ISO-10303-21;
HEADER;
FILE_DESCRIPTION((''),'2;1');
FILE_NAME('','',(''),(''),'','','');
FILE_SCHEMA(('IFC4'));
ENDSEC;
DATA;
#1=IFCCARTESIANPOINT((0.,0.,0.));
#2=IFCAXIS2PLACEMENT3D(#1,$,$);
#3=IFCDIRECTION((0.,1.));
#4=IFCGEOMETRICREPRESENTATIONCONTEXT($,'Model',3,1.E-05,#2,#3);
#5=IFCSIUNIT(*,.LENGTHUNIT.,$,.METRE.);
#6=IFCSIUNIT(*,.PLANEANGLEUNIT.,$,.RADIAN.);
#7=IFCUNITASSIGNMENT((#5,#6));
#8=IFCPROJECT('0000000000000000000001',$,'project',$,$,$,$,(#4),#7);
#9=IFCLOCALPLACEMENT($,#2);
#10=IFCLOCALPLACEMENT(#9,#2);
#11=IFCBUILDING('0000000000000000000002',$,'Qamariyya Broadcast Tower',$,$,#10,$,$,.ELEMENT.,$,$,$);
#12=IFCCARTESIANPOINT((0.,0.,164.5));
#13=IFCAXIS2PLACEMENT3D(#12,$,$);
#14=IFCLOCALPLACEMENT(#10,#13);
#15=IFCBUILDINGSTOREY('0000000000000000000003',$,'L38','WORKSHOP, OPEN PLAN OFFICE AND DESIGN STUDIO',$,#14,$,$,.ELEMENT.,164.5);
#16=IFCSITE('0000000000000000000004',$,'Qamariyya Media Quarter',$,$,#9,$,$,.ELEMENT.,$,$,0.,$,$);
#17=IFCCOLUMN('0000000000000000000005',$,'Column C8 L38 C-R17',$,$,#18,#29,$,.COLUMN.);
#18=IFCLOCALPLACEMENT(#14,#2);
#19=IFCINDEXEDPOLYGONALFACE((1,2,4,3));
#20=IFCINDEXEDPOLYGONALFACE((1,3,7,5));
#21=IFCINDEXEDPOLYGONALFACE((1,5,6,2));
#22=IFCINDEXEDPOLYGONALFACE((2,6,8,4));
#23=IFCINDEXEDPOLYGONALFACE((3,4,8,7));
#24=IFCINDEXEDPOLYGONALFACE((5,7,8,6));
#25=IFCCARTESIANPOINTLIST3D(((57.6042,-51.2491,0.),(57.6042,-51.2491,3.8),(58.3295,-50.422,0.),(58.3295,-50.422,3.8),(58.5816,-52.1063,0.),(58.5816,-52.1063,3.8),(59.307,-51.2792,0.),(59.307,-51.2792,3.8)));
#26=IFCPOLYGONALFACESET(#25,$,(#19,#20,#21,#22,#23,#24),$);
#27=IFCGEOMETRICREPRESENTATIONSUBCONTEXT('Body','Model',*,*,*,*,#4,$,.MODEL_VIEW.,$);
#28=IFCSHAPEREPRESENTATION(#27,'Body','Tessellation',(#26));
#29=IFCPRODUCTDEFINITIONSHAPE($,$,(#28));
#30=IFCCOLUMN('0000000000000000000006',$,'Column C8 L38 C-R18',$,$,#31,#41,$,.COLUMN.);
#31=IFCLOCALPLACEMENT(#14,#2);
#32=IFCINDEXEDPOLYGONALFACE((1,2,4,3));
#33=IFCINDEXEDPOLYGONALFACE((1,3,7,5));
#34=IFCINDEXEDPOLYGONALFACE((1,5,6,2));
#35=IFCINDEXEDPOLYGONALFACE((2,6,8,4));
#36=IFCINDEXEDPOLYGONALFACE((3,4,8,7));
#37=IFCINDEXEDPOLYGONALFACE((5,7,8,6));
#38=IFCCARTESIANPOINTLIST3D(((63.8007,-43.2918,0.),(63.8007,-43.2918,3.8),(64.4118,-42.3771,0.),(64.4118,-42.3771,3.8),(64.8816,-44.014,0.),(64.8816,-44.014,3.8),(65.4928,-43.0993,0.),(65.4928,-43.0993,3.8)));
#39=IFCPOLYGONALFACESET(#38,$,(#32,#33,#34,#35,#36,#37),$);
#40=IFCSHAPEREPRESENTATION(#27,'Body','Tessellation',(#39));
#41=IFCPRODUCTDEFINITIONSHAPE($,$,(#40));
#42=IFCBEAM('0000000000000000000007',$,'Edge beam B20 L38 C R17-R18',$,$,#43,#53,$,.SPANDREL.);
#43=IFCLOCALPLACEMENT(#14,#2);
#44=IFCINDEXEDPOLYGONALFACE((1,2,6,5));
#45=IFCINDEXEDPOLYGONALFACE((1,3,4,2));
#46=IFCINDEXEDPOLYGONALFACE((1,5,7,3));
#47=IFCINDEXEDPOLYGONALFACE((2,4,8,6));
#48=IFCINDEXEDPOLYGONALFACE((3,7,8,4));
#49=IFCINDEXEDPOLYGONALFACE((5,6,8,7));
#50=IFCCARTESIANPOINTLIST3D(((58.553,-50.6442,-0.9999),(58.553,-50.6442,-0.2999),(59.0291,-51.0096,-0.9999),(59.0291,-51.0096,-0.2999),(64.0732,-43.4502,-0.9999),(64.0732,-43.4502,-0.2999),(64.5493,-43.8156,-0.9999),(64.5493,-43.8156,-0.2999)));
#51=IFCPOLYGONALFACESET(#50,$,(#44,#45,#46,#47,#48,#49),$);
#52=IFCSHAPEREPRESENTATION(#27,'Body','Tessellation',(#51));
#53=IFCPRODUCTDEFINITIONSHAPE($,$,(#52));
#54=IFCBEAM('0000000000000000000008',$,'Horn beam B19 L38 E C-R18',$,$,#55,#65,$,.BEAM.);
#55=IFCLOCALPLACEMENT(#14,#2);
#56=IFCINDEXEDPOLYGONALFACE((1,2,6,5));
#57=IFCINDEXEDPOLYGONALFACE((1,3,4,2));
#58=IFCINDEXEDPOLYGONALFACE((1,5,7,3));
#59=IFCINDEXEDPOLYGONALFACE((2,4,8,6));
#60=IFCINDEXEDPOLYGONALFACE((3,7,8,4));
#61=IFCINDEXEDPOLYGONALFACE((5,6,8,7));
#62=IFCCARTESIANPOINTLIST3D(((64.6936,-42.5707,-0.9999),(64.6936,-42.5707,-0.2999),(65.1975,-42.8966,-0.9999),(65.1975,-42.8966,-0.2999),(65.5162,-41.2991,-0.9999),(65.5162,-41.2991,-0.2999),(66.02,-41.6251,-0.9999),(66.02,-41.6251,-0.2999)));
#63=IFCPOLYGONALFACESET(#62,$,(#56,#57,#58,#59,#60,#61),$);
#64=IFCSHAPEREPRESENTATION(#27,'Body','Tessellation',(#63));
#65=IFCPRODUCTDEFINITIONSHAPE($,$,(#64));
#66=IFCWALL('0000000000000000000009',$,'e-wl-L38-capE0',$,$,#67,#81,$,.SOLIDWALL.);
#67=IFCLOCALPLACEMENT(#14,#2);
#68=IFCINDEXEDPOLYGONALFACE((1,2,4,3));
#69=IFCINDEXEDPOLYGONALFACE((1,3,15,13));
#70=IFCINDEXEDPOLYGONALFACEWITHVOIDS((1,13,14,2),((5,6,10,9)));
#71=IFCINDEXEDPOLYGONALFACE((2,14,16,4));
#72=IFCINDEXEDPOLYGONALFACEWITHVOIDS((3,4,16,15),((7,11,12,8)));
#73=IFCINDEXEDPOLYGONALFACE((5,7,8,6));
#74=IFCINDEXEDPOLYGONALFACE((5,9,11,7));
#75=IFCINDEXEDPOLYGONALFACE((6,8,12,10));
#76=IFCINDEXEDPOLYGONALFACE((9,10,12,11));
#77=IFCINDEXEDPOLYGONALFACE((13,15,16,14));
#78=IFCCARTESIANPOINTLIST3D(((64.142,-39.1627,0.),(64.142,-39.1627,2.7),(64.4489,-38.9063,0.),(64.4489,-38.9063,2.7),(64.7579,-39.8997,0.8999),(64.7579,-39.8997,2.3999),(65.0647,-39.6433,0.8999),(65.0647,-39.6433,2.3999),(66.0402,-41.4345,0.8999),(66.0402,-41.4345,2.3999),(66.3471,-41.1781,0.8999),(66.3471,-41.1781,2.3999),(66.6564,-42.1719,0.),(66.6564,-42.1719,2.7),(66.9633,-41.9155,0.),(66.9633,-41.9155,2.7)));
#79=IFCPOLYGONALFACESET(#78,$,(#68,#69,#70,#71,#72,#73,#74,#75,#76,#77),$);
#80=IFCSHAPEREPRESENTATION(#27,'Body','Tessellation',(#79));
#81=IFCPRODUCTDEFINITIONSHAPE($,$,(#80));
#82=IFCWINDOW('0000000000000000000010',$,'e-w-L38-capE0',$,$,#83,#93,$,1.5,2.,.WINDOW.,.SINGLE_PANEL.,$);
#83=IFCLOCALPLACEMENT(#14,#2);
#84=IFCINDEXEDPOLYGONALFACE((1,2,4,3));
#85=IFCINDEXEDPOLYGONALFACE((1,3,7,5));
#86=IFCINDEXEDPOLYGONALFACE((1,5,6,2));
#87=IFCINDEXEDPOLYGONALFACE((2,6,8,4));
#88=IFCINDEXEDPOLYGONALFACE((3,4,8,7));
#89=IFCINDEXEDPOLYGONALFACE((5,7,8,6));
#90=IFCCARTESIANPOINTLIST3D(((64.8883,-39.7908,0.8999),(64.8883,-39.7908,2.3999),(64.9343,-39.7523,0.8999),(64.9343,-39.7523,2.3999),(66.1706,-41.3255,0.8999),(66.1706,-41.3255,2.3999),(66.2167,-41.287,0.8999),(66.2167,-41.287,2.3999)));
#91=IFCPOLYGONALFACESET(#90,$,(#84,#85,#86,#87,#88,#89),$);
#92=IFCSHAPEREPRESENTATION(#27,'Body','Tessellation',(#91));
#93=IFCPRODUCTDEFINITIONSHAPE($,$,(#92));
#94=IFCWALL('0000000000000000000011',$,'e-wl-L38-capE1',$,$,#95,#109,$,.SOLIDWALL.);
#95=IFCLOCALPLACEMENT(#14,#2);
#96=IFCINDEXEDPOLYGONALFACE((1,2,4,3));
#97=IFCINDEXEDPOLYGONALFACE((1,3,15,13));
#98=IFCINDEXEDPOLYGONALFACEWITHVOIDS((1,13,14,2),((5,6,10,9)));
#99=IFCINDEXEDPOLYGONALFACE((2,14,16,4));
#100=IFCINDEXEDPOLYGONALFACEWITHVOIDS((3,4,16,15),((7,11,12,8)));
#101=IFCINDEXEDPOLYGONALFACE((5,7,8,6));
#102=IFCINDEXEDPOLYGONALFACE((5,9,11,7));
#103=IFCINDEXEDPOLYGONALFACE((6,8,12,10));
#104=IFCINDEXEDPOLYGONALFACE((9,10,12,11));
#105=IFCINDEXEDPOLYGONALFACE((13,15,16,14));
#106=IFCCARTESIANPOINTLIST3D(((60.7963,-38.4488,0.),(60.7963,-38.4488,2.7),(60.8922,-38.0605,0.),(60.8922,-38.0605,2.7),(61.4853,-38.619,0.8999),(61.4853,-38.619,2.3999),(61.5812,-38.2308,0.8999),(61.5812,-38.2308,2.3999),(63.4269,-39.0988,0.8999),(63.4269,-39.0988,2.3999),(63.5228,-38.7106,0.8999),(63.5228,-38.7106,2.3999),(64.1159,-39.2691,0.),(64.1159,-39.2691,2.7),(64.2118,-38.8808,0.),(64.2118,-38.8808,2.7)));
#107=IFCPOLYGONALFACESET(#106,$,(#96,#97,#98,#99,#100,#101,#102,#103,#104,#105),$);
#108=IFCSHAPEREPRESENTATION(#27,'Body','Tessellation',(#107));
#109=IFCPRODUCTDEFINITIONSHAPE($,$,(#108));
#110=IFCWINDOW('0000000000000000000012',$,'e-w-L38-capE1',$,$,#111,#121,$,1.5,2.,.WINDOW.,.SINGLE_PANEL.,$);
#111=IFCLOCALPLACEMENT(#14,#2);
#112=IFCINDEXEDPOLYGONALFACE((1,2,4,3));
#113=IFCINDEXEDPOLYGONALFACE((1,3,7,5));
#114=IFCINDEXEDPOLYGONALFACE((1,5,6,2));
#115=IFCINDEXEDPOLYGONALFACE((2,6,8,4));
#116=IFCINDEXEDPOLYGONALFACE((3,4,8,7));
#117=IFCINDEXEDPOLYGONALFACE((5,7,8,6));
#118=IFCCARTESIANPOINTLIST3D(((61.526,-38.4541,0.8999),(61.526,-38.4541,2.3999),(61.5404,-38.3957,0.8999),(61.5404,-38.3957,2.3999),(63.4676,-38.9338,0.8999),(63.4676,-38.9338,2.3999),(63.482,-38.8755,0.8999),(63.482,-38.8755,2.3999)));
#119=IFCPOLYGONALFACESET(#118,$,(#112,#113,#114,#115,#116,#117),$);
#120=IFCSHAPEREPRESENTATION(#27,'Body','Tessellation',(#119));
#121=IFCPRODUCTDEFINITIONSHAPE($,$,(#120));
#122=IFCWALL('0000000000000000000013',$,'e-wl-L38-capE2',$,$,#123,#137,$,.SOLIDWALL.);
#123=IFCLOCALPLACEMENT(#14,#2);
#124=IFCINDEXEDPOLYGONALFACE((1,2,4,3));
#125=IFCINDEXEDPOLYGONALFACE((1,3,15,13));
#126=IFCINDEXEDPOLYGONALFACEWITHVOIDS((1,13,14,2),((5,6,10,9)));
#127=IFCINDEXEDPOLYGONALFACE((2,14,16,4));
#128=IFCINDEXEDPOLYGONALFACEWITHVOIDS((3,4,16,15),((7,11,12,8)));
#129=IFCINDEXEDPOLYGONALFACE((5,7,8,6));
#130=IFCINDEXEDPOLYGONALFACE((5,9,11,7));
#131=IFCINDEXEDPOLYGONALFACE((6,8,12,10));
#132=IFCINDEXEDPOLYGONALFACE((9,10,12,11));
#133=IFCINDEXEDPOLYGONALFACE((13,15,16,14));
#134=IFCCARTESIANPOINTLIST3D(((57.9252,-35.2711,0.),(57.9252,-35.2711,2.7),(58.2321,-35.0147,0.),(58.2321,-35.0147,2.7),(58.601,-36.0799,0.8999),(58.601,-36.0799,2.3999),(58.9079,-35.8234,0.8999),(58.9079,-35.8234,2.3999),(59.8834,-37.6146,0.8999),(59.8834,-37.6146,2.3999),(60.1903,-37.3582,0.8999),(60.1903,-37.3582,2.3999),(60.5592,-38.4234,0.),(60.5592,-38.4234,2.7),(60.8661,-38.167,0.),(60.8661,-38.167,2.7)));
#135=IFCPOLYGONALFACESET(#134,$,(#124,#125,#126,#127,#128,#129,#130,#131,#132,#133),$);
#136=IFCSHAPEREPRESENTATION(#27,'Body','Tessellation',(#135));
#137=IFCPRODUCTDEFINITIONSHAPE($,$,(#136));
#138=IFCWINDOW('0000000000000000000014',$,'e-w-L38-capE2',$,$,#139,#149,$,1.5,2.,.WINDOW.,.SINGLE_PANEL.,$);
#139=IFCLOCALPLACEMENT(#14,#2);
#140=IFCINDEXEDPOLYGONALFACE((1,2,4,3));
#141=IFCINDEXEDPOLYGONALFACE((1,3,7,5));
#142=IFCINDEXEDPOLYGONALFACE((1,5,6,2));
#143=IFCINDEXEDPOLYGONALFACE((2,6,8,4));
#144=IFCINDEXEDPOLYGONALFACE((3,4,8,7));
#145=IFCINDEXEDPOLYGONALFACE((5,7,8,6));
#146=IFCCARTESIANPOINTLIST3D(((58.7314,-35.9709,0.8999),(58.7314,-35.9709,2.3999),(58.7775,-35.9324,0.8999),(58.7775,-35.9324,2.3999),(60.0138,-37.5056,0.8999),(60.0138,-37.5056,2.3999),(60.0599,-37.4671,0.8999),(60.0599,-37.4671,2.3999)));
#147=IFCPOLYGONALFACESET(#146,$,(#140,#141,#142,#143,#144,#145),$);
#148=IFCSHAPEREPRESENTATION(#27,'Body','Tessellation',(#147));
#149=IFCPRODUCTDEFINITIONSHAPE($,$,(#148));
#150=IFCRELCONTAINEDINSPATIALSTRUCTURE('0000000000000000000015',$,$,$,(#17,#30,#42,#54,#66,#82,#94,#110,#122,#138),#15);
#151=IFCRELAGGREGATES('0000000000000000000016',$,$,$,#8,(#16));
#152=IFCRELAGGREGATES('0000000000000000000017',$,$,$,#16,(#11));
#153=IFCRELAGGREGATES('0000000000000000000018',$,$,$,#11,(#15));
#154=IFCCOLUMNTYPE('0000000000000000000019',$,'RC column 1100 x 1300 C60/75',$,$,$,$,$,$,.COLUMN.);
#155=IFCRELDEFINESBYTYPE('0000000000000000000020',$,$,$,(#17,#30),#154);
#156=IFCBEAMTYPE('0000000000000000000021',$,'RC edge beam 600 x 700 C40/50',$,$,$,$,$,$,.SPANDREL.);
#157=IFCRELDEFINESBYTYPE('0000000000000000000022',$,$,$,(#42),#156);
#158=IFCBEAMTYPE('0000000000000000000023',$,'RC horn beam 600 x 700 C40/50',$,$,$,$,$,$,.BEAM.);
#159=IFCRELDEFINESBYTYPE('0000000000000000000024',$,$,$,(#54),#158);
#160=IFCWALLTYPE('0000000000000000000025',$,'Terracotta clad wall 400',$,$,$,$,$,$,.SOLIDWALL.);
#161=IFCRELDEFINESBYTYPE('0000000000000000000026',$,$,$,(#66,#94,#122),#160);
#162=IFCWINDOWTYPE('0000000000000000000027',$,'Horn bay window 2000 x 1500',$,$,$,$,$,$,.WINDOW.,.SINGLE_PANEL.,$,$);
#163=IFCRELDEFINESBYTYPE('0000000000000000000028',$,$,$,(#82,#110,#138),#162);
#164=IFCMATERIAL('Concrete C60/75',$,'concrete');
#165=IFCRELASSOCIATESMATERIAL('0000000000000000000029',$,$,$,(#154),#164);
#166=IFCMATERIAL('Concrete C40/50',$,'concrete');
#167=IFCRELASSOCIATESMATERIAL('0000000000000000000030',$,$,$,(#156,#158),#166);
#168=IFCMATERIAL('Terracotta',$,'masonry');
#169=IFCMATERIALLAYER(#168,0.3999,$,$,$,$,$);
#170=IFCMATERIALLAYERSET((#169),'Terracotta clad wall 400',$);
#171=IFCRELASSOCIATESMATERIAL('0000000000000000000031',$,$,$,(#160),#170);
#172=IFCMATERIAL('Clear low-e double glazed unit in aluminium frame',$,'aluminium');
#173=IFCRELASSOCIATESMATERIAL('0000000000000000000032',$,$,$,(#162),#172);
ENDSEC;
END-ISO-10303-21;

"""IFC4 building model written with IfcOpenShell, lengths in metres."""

from ifc_helpers import new_model, si_unit, direction, frame, frame_2d, origin, origin_2d, place, context, subcontext, project, spatial, rectangle, extrude, material, layer, layer_set, material_profile, profile_set, type_object, element, fill, save


model = new_model("IFC4")

# Units and contexts
model_context = context("Model", 3, precision=1e-05, world=origin(), true_north=direction((0.0, 1.0)))
body_context = subcontext(model_context, "Body", "Model", "MODEL_VIEW")
ifc_project = project(units=[si_unit("LENGTHUNIT", "METRE"), si_unit("PLANEANGLEUNIT", "RADIAN")], contexts=[model_context])

# Site, building, storey
site_placement = place(None, origin())
site = spatial("IfcSite", under=ifc_project, at=site_placement, Name="Qamariyya Media Quarter", CompositionType="ELEMENT", RefElevation=0.0)
building_placement = place(site_placement, origin())
building = spatial("IfcBuilding", under=site, at=building_placement, Name="Qamariyya Broadcast Tower", CompositionType="ELEMENT")
storey_placement = place(building_placement, frame((0.0, 0.0, 164.5)))
storey = spatial("IfcBuildingStorey", under=building, at=storey_placement, Name="L38", Description="WORKSHOP, OPEN PLAN OFFICE AND DESIGN STUDIO", CompositionType="ELEMENT", Elevation=164.5)

# Columns
ifc_material_1 = material(Name="Concrete C60/75", Category="concrete")
ifc_material_profile_1 = material_profile(ifc_material_1, rectangle(XDim=1.1001, YDim=1.3, at=origin_2d()))
ifc_profile_set_1 = profile_set([ifc_material_profile_1], Name="Concrete C60/75")
column_type = type_object("IfcColumnType", Name="RC column 1100 x 1300 C60/75", PredefinedType="COLUMN", material=ifc_profile_set_1)
for number, where, z_axis, x_axis, name in (
    (1, (58.4556, -51.2642, 0.0), (0.0, 0.0, 1.0), (0.659346, 0.75184, 0.0), "Column C8 L38 C-R17"),
    (2, (64.6467, -43.1956, 0.0), (0.0, 0.0, 1.0), (0.55557, 0.83147, 0.0), "Column C8 L38 C-R18"),
):
    element("IfcColumn", number, at=place(storey_placement, frame(where, z_axis=z_axis, x_axis=x_axis)), inside=storey, type_object=column_type, Name=name, PredefinedType="COLUMN", context=body_context, shape_type="SweptSolid", body=[
        extrude(rectangle(XDim=1.1001, YDim=1.3, at=origin_2d()), origin(), (0.0, 0.0, 1.0), 3.8),
    ])

# Beams
ifc_material_2 = material(Name="Concrete C40/50", Category="concrete")
ifc_material_profile_2 = material_profile(ifc_material_2, rectangle(XDim=0.6001, YDim=0.7, at=origin_2d()))
ifc_profile_set_2 = profile_set([ifc_material_profile_2], Name="Concrete C40/50")
beam_type_1 = type_object("IfcBeamType", Name="RC edge beam 600 x 700 C40/50", PredefinedType="SPANDREL", material=ifc_profile_set_2)
beam_1_placement = place(storey_placement, frame((58.791, -50.8269, -0.6499), z_axis=(0.608764, 0.793351, 0.0), x_axis=(-0.793351, 0.608764, 0.0)))
element("IfcBeam", 3, at=beam_1_placement, inside=storey, type_object=beam_type_1, Name="Edge beam B20 L38 C R17-R18", PredefinedType="SPANDREL", context=body_context, shape_type="SweptSolid", body=[
    extrude(rectangle(XDim=0.6001, YDim=0.7, at=origin_2d()), origin(), (0.0, 0.0, 1.0), 9.0679),
])
ifc_material_profile_3 = material_profile(ifc_material_2, rectangle(XDim=0.6001, YDim=0.7, at=origin_2d()))
ifc_profile_set_3 = profile_set([ifc_material_profile_3], Name="Concrete C40/50")
beam_type_2 = type_object("IfcBeamType", Name="RC horn beam 600 x 700 C40/50", PredefinedType="BEAM", material=ifc_profile_set_3)
beam_2_placement = place(storey_placement, frame((64.9456, -42.7336, -0.6499), z_axis=(0.543151, 0.839635, 0.0), x_axis=(-0.839635, 0.543151, 0.0)))
element("IfcBeam", 4, at=beam_2_placement, inside=storey, type_object=beam_type_2, Name="Horn beam B19 L38 E C-R18", PredefinedType="BEAM", context=body_context, shape_type="SweptSolid", body=[
    extrude(rectangle(XDim=0.6001, YDim=0.7, at=origin_2d()), origin(), (0.0, 0.0, 1.0), 1.5144),
])

# Walls, openings, windows
ifc_material_3 = material(Name="Terracotta", Category="masonry")
ifc_layer = layer(ifc_material_3, 0.3999)
ifc_layer_set = layer_set([ifc_layer], Name="Terracotta clad wall 400")
wall_type = type_object("IfcWallType", Name="Terracotta clad wall 400", PredefinedType="SOLIDWALL", material=ifc_layer_set)
wall_1_placement = place(storey_placement, frame((66.8098, -42.0437, 0.0), z_axis=(0.0, 0.0, 1.0), x_axis=(-0.641188, 0.767384, 0.0)))
wall_1 = element("IfcWall", 5, at=wall_1_placement, inside=storey, type_object=wall_type, Name="e-wl-L38-capE0", PredefinedType="SOLIDWALL", context=body_context, shape_type="SweptSolid", body=[
    extrude(rectangle(XDim=3.9214, YDim=0.3999, at=frame_2d((1.9607, 0.0))), origin(), (0.0, 0.0, 1.0), 2.7),
])
opening_1_placement = place(wall_1_placement, frame((0.9609, 0.0, 0.8999)))
opening_1 = element("IfcOpeningElement", 6, at=opening_1_placement, cuts=wall_1, PredefinedType="OPENING", context=body_context, shape_type="SweptSolid", body=[
    extrude(rectangle(XDim=2.0, YDim=1.5, at=frame_2d((1.0, 0.75))), frame((0.0, 0.21, 0.0), z_axis=(0.0, -1.0, 0.0), x_axis=(1.0, 0.0, 0.0)), (0.0, 0.0, 1.0), 0.4199),
])
ifc_material_4 = material(Name="Clear low-e double glazed unit in aluminium frame", Category="aluminium")
window_type = type_object("IfcWindowType", Name="Horn bay window 2000 x 1500", PartitioningType="SINGLE_PANEL", PredefinedType="WINDOW", material=ifc_material_4)
window_1_placement = place(opening_1_placement, origin())
window_1 = element("IfcWindow", 7, at=window_1_placement, inside=storey, type_object=window_type, Name="e-w-L38-capE0", OverallHeight=1.5, OverallWidth=2.0, PartitioningType="SINGLE_PANEL", PredefinedType="WINDOW", context=body_context, shape_type="SweptSolid", body=[
    extrude(rectangle(XDim=2.0, YDim=1.5, at=frame_2d((1.0, 0.75))), frame((0.0, 0.03, 0.0), z_axis=(0.0, -1.0, 0.0), x_axis=(1.0, 0.0, 0.0)), (0.0, 0.0, 1.0), 0.0601),
])
fill(opening_1, window_1)
wall_2_placement = place(storey_placement, frame((64.1638, -39.075, 0.0), z_axis=(0.0, 0.0, 1.0), x_axis=(-0.970798, 0.239897, 0.0)))
wall_2 = element("IfcWall", 8, at=wall_2_placement, inside=storey, type_object=wall_type, Name="e-wl-L38-capE1", PredefinedType="SOLIDWALL", context=body_context, shape_type="SweptSolid", body=[
    extrude(rectangle(XDim=3.4194, YDim=0.3999, at=frame_2d((1.7097, 0.0))), origin(), (0.0, 0.0, 1.0), 2.7),
])
opening_2_placement = place(wall_2_placement, frame((0.7097, 0.0, 0.8999)))
opening_2 = element("IfcOpeningElement", 9, at=opening_2_placement, cuts=wall_2, PredefinedType="OPENING", context=body_context, shape_type="SweptSolid", body=[
    extrude(rectangle(XDim=2.0, YDim=1.5, at=frame_2d((1.0, 0.75))), frame((0.0, 0.21, 0.0), z_axis=(0.0, -1.0, 0.0), x_axis=(1.0, 0.0, 0.0)), (0.0, 0.0, 1.0), 0.4199),
])
window_2_placement = place(opening_2_placement, origin())
window_2 = element("IfcWindow", 10, at=window_2_placement, inside=storey, type_object=window_type, Name="e-w-L38-capE1", OverallHeight=1.5, OverallWidth=2.0, PartitioningType="SINGLE_PANEL", PredefinedType="WINDOW", context=body_context, shape_type="SweptSolid", body=[
    extrude(rectangle(XDim=2.0, YDim=1.5, at=frame_2d((1.0, 0.75))), frame((0.0, 0.03, 0.0), z_axis=(0.0, -1.0, 0.0), x_axis=(1.0, 0.0, 0.0)), (0.0, 0.0, 1.0), 0.0601),
])
fill(opening_2, window_2)
wall_3_placement = place(storey_placement, frame((60.7126, -38.2952, 0.0), z_axis=(0.0, 0.0, 1.0), x_axis=(-0.641201, 0.767373, 0.0)))
wall_3 = element("IfcWall", 11, at=wall_3_placement, inside=storey, type_object=wall_type, Name="e-wl-L38-capE2", PredefinedType="SOLIDWALL", context=body_context, shape_type="SweptSolid", body=[
    extrude(rectangle(XDim=4.1079, YDim=0.3999, at=frame_2d((2.054, 0.0))), origin(), (0.0, 0.0, 1.0), 2.7),
])
opening_3_placement = place(wall_3_placement, frame((1.054, 0.0, 0.8999)))
opening_3 = element("IfcOpeningElement", 12, at=opening_3_placement, cuts=wall_3, PredefinedType="OPENING", context=body_context, shape_type="SweptSolid", body=[
    extrude(rectangle(XDim=2.0, YDim=1.5, at=frame_2d((1.0, 0.75))), frame((0.0, 0.21, 0.0), z_axis=(0.0, -1.0, 0.0), x_axis=(1.0, 0.0, 0.0)), (0.0, 0.0, 1.0), 0.4199),
])
window_3_placement = place(opening_3_placement, origin())
window_3 = element("IfcWindow", 13, at=window_3_placement, inside=storey, type_object=window_type, Name="e-w-L38-capE2", OverallHeight=1.5, OverallWidth=2.0, PartitioningType="SINGLE_PANEL", PredefinedType="WINDOW", context=body_context, shape_type="SweptSolid", body=[
    extrude(rectangle(XDim=2.0, YDim=1.5, at=frame_2d((1.0, 0.75))), frame((0.0, 0.03, 0.0), z_axis=(0.0, -1.0, 0.0), x_axis=(1.0, 0.0, 0.0)), (0.0, 0.0, 1.0), 0.0601),
])
fill(opening_3, window_3)

save(model, "model.ifc")
